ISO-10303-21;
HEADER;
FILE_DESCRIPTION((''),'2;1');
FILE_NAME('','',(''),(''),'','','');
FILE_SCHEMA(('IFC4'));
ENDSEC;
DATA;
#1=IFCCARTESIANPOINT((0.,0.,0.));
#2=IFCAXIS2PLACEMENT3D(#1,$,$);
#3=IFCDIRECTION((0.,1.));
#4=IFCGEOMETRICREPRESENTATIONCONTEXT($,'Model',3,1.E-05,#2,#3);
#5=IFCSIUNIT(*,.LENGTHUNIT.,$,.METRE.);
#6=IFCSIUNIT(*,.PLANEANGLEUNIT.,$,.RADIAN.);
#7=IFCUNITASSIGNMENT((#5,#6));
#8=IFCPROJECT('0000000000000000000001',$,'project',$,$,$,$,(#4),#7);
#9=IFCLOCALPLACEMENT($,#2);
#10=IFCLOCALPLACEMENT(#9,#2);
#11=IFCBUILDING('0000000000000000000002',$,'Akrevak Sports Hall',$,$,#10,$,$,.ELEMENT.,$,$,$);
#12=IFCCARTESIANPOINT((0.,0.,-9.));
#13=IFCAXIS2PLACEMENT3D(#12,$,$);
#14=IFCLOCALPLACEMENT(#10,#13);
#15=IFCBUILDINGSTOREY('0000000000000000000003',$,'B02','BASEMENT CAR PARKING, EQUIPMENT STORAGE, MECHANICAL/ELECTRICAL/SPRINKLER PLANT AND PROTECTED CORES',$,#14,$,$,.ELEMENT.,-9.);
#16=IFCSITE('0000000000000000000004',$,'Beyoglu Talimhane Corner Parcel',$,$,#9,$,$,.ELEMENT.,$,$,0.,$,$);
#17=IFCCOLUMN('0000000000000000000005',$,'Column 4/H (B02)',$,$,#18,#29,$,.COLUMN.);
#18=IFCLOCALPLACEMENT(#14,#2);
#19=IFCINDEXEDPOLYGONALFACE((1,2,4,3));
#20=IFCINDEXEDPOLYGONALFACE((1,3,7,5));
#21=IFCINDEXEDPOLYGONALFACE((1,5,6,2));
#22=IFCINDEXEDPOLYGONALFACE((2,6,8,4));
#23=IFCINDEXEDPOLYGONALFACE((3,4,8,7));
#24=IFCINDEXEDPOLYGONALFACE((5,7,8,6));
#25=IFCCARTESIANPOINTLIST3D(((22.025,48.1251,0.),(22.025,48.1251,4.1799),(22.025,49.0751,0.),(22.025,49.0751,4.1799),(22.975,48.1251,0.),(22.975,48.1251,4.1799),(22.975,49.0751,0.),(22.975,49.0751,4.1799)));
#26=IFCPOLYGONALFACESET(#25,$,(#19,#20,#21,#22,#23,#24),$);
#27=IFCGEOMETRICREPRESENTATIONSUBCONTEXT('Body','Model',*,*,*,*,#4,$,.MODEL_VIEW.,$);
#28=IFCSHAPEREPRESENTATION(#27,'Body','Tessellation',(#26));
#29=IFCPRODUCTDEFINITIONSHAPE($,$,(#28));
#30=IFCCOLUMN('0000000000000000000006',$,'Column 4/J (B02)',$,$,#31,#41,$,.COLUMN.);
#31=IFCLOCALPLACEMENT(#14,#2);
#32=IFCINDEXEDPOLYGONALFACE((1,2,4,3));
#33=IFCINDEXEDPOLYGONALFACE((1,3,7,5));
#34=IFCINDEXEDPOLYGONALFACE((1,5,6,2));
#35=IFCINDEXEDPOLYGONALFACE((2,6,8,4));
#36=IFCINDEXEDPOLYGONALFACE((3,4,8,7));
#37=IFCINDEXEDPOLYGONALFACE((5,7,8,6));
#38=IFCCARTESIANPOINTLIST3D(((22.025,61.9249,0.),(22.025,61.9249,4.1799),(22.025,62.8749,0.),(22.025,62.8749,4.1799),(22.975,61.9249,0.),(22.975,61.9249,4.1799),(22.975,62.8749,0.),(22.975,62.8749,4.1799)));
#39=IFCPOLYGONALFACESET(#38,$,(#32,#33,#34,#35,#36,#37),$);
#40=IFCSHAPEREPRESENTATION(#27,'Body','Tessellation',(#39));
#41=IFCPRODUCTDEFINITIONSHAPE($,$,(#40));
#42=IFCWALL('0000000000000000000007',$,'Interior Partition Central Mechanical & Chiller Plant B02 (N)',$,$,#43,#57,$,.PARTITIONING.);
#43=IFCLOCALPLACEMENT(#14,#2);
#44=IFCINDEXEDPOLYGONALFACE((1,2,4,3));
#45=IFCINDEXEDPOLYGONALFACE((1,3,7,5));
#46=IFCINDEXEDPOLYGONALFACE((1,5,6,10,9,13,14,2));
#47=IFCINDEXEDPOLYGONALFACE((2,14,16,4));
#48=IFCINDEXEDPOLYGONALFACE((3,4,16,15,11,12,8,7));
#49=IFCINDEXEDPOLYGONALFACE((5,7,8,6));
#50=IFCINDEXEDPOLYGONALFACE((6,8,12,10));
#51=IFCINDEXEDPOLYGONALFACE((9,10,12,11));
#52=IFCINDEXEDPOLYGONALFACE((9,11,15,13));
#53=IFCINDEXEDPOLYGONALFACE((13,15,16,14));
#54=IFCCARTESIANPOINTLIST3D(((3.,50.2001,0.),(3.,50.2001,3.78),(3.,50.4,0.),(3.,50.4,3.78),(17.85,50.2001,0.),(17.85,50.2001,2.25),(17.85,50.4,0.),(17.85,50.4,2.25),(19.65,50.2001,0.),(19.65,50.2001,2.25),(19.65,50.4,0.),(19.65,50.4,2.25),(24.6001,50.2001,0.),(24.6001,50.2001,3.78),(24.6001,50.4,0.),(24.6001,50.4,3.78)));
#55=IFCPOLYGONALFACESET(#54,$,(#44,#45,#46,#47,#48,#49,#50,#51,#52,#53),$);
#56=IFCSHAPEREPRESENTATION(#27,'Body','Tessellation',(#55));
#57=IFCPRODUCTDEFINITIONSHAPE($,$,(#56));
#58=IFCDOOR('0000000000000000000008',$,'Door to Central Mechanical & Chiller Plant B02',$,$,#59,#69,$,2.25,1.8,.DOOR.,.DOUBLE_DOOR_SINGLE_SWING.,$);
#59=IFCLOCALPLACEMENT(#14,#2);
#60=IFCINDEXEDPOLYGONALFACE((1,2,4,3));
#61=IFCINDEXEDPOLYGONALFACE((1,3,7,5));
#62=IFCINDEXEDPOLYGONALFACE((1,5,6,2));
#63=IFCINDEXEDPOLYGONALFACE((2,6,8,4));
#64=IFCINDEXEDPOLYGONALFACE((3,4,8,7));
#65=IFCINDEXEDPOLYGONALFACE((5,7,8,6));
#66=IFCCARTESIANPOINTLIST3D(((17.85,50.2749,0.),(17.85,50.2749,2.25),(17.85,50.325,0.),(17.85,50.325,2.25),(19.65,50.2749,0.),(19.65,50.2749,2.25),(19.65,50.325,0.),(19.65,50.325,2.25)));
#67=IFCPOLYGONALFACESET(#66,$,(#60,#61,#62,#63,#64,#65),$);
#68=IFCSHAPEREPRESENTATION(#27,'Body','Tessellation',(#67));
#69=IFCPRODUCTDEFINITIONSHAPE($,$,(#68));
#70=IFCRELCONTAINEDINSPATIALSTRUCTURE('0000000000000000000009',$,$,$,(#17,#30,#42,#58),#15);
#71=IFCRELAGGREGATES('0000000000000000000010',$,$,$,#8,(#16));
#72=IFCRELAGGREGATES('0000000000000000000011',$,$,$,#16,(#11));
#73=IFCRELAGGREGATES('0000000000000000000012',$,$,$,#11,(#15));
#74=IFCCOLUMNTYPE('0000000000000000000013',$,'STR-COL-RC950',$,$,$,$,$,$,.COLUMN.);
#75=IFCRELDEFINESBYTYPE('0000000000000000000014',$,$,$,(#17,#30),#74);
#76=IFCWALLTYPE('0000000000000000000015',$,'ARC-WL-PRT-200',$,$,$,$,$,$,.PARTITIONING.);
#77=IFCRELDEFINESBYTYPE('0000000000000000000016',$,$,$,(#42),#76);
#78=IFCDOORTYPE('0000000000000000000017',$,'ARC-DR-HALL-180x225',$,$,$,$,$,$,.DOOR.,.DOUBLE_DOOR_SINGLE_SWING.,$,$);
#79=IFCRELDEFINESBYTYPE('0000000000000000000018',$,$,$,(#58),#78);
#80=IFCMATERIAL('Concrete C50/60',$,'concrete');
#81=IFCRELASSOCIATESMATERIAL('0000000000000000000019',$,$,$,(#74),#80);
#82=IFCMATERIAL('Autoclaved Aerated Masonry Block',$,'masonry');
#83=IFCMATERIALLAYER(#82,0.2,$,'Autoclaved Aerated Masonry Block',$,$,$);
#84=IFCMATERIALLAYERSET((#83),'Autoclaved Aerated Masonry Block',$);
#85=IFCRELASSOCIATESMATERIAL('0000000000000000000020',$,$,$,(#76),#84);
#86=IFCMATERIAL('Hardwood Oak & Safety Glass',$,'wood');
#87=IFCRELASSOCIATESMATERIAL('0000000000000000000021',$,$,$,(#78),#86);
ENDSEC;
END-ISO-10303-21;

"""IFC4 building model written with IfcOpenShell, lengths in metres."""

from ifc_helpers import new_model, si_unit, direction, frame, frame_2d, origin, origin_2d, place, context, subcontext, project, spatial, rectangle, extrude, material, layer, layer_set, material_profile, profile_set, type_object, element, fill, save


model = new_model("IFC4")

# Units and contexts
model_context = context("Model", 3, precision=1e-05, world=origin(), true_north=direction((0.0, 1.0)))
body_context = subcontext(model_context, "Body", "Model", "MODEL_VIEW")
ifc_project = project(units=[si_unit("LENGTHUNIT", "METRE"), si_unit("PLANEANGLEUNIT", "RADIAN")], contexts=[model_context])

# Site, building, storey
site_placement = place(None, origin())
site = spatial("IfcSite", under=ifc_project, at=site_placement, Name="Beyoglu Talimhane Corner Parcel", CompositionType="ELEMENT", RefElevation=0.0)
building_placement = place(site_placement, origin())
building = spatial("IfcBuilding", under=site, at=building_placement, Name="Akrevak Sports Hall", CompositionType="ELEMENT")
storey_placement = place(building_placement, frame((0.0, 0.0, -9.0)))
storey = spatial("IfcBuildingStorey", under=building, at=storey_placement, Name="B02", Description="BASEMENT CAR PARKING, EQUIPMENT STORAGE, MECHANICAL/ELECTRICAL/SPRINKLER PLANT AND PROTECTED CORES", CompositionType="ELEMENT", Elevation=-9.0)

# Columns
ifc_material_1 = material(Name="Concrete C50/60", Category="concrete")
ifc_material_profile_1 = material_profile(ifc_material_1, rectangle(XDim=0.95, YDim=0.95, at=origin_2d()), Name="RC 950x950", Category="concrete")
ifc_profile_set_1 = profile_set([ifc_material_profile_1], Name="Concrete C50/60")
column_type_1 = type_object("IfcColumnType", Name="STR-COL-RC950", PredefinedType="COLUMN", material=ifc_profile_set_1)
for number, where, z_axis, x_axis, name in (
    (1, (22.5, 48.6001, 0.0), (0.0, 0.0, 1.0), (1.0, 0.0, 0.0), "Column 4/H (B02)"),
    (2, (22.5, 62.3999, 0.0), (0.0, 0.0, 1.0), (1.0, 0.0, 0.0), "Column 4/J (B02)"),
):
    element("IfcColumn", number, at=place(storey_placement, frame(where, z_axis=z_axis, x_axis=x_axis)), inside=storey, type_object=column_type_1, Name=name, PredefinedType="COLUMN", context=body_context, shape_type="SweptSolid", body=[
        extrude(rectangle(XDim=0.95, YDim=0.95, at=origin_2d()), origin(), (0.0, 0.0, 1.0), 4.1799),
    ])

# Wall, opening, door
ifc_material_2 = material(Name="Autoclaved Aerated Masonry Block", Category="masonry")
ifc_layer = layer(ifc_material_2, 0.2, Name="Autoclaved Aerated Masonry Block")
ifc_layer_set = layer_set([ifc_layer], Name="Autoclaved Aerated Masonry Block")
wall_type = type_object("IfcWallType", Name="ARC-WL-PRT-200", PredefinedType="PARTITIONING", material=ifc_layer_set)
wall_placement = place(storey_placement, frame((3.0, 50.3, 0.0), z_axis=(0.0, 0.0, 1.0), x_axis=(1.0, 0.0, 0.0)))
wall = element("IfcWall", 3, at=wall_placement, inside=storey, type_object=wall_type, Name="Interior Partition Central Mechanical & Chiller Plant B02 (N)", PredefinedType="PARTITIONING", context=body_context, shape_type="SweptSolid", body=[
    extrude(rectangle(XDim=21.6001, YDim=0.2, at=frame_2d((10.8, 0.0))), origin(), (0.0, 0.0, 1.0), 3.78),
])
opening_placement = place(wall_placement, frame((14.8501, 0.0, 0.0)))
opening = element("IfcOpeningElement", 4, at=opening_placement, cuts=wall, PredefinedType="OPENING", context=body_context, shape_type="SweptSolid", body=[
    extrude(rectangle(XDim=1.8, YDim=2.25, at=frame_2d((0.8999, 1.125))), frame((0.0, 0.1118, 0.0), z_axis=(0.0, -1.0, 0.0), x_axis=(1.0, 0.0, 0.0)), (0.0, 0.0, 1.0), 0.2239),
])
ifc_material_3 = material(Name="Hardwood Oak & Safety Glass", Category="wood")
door_type = type_object("IfcDoorType", Name="ARC-DR-HALL-180x225", OperationType="DOUBLE_DOOR_SINGLE_SWING", PredefinedType="DOOR", material=ifc_material_3)
door_placement = place(opening_placement, origin())
door = element("IfcDoor", 5, at=door_placement, inside=storey, type_object=door_type, Name="Door to Central Mechanical & Chiller Plant B02", OperationType="DOUBLE_DOOR_SINGLE_SWING", OverallHeight=2.25, OverallWidth=1.8, PredefinedType="DOOR", context=body_context, shape_type="SweptSolid", body=[
    extrude(rectangle(XDim=1.8, YDim=2.25, at=frame_2d((0.8999, 1.125))), frame((0.0, 0.0249, 0.0), z_axis=(0.0, -1.0, 0.0), x_axis=(1.0, 0.0, 0.0)), (0.0, 0.0, 1.0), 0.05),
])
fill(opening, door)

save(model, "model.ifc")
